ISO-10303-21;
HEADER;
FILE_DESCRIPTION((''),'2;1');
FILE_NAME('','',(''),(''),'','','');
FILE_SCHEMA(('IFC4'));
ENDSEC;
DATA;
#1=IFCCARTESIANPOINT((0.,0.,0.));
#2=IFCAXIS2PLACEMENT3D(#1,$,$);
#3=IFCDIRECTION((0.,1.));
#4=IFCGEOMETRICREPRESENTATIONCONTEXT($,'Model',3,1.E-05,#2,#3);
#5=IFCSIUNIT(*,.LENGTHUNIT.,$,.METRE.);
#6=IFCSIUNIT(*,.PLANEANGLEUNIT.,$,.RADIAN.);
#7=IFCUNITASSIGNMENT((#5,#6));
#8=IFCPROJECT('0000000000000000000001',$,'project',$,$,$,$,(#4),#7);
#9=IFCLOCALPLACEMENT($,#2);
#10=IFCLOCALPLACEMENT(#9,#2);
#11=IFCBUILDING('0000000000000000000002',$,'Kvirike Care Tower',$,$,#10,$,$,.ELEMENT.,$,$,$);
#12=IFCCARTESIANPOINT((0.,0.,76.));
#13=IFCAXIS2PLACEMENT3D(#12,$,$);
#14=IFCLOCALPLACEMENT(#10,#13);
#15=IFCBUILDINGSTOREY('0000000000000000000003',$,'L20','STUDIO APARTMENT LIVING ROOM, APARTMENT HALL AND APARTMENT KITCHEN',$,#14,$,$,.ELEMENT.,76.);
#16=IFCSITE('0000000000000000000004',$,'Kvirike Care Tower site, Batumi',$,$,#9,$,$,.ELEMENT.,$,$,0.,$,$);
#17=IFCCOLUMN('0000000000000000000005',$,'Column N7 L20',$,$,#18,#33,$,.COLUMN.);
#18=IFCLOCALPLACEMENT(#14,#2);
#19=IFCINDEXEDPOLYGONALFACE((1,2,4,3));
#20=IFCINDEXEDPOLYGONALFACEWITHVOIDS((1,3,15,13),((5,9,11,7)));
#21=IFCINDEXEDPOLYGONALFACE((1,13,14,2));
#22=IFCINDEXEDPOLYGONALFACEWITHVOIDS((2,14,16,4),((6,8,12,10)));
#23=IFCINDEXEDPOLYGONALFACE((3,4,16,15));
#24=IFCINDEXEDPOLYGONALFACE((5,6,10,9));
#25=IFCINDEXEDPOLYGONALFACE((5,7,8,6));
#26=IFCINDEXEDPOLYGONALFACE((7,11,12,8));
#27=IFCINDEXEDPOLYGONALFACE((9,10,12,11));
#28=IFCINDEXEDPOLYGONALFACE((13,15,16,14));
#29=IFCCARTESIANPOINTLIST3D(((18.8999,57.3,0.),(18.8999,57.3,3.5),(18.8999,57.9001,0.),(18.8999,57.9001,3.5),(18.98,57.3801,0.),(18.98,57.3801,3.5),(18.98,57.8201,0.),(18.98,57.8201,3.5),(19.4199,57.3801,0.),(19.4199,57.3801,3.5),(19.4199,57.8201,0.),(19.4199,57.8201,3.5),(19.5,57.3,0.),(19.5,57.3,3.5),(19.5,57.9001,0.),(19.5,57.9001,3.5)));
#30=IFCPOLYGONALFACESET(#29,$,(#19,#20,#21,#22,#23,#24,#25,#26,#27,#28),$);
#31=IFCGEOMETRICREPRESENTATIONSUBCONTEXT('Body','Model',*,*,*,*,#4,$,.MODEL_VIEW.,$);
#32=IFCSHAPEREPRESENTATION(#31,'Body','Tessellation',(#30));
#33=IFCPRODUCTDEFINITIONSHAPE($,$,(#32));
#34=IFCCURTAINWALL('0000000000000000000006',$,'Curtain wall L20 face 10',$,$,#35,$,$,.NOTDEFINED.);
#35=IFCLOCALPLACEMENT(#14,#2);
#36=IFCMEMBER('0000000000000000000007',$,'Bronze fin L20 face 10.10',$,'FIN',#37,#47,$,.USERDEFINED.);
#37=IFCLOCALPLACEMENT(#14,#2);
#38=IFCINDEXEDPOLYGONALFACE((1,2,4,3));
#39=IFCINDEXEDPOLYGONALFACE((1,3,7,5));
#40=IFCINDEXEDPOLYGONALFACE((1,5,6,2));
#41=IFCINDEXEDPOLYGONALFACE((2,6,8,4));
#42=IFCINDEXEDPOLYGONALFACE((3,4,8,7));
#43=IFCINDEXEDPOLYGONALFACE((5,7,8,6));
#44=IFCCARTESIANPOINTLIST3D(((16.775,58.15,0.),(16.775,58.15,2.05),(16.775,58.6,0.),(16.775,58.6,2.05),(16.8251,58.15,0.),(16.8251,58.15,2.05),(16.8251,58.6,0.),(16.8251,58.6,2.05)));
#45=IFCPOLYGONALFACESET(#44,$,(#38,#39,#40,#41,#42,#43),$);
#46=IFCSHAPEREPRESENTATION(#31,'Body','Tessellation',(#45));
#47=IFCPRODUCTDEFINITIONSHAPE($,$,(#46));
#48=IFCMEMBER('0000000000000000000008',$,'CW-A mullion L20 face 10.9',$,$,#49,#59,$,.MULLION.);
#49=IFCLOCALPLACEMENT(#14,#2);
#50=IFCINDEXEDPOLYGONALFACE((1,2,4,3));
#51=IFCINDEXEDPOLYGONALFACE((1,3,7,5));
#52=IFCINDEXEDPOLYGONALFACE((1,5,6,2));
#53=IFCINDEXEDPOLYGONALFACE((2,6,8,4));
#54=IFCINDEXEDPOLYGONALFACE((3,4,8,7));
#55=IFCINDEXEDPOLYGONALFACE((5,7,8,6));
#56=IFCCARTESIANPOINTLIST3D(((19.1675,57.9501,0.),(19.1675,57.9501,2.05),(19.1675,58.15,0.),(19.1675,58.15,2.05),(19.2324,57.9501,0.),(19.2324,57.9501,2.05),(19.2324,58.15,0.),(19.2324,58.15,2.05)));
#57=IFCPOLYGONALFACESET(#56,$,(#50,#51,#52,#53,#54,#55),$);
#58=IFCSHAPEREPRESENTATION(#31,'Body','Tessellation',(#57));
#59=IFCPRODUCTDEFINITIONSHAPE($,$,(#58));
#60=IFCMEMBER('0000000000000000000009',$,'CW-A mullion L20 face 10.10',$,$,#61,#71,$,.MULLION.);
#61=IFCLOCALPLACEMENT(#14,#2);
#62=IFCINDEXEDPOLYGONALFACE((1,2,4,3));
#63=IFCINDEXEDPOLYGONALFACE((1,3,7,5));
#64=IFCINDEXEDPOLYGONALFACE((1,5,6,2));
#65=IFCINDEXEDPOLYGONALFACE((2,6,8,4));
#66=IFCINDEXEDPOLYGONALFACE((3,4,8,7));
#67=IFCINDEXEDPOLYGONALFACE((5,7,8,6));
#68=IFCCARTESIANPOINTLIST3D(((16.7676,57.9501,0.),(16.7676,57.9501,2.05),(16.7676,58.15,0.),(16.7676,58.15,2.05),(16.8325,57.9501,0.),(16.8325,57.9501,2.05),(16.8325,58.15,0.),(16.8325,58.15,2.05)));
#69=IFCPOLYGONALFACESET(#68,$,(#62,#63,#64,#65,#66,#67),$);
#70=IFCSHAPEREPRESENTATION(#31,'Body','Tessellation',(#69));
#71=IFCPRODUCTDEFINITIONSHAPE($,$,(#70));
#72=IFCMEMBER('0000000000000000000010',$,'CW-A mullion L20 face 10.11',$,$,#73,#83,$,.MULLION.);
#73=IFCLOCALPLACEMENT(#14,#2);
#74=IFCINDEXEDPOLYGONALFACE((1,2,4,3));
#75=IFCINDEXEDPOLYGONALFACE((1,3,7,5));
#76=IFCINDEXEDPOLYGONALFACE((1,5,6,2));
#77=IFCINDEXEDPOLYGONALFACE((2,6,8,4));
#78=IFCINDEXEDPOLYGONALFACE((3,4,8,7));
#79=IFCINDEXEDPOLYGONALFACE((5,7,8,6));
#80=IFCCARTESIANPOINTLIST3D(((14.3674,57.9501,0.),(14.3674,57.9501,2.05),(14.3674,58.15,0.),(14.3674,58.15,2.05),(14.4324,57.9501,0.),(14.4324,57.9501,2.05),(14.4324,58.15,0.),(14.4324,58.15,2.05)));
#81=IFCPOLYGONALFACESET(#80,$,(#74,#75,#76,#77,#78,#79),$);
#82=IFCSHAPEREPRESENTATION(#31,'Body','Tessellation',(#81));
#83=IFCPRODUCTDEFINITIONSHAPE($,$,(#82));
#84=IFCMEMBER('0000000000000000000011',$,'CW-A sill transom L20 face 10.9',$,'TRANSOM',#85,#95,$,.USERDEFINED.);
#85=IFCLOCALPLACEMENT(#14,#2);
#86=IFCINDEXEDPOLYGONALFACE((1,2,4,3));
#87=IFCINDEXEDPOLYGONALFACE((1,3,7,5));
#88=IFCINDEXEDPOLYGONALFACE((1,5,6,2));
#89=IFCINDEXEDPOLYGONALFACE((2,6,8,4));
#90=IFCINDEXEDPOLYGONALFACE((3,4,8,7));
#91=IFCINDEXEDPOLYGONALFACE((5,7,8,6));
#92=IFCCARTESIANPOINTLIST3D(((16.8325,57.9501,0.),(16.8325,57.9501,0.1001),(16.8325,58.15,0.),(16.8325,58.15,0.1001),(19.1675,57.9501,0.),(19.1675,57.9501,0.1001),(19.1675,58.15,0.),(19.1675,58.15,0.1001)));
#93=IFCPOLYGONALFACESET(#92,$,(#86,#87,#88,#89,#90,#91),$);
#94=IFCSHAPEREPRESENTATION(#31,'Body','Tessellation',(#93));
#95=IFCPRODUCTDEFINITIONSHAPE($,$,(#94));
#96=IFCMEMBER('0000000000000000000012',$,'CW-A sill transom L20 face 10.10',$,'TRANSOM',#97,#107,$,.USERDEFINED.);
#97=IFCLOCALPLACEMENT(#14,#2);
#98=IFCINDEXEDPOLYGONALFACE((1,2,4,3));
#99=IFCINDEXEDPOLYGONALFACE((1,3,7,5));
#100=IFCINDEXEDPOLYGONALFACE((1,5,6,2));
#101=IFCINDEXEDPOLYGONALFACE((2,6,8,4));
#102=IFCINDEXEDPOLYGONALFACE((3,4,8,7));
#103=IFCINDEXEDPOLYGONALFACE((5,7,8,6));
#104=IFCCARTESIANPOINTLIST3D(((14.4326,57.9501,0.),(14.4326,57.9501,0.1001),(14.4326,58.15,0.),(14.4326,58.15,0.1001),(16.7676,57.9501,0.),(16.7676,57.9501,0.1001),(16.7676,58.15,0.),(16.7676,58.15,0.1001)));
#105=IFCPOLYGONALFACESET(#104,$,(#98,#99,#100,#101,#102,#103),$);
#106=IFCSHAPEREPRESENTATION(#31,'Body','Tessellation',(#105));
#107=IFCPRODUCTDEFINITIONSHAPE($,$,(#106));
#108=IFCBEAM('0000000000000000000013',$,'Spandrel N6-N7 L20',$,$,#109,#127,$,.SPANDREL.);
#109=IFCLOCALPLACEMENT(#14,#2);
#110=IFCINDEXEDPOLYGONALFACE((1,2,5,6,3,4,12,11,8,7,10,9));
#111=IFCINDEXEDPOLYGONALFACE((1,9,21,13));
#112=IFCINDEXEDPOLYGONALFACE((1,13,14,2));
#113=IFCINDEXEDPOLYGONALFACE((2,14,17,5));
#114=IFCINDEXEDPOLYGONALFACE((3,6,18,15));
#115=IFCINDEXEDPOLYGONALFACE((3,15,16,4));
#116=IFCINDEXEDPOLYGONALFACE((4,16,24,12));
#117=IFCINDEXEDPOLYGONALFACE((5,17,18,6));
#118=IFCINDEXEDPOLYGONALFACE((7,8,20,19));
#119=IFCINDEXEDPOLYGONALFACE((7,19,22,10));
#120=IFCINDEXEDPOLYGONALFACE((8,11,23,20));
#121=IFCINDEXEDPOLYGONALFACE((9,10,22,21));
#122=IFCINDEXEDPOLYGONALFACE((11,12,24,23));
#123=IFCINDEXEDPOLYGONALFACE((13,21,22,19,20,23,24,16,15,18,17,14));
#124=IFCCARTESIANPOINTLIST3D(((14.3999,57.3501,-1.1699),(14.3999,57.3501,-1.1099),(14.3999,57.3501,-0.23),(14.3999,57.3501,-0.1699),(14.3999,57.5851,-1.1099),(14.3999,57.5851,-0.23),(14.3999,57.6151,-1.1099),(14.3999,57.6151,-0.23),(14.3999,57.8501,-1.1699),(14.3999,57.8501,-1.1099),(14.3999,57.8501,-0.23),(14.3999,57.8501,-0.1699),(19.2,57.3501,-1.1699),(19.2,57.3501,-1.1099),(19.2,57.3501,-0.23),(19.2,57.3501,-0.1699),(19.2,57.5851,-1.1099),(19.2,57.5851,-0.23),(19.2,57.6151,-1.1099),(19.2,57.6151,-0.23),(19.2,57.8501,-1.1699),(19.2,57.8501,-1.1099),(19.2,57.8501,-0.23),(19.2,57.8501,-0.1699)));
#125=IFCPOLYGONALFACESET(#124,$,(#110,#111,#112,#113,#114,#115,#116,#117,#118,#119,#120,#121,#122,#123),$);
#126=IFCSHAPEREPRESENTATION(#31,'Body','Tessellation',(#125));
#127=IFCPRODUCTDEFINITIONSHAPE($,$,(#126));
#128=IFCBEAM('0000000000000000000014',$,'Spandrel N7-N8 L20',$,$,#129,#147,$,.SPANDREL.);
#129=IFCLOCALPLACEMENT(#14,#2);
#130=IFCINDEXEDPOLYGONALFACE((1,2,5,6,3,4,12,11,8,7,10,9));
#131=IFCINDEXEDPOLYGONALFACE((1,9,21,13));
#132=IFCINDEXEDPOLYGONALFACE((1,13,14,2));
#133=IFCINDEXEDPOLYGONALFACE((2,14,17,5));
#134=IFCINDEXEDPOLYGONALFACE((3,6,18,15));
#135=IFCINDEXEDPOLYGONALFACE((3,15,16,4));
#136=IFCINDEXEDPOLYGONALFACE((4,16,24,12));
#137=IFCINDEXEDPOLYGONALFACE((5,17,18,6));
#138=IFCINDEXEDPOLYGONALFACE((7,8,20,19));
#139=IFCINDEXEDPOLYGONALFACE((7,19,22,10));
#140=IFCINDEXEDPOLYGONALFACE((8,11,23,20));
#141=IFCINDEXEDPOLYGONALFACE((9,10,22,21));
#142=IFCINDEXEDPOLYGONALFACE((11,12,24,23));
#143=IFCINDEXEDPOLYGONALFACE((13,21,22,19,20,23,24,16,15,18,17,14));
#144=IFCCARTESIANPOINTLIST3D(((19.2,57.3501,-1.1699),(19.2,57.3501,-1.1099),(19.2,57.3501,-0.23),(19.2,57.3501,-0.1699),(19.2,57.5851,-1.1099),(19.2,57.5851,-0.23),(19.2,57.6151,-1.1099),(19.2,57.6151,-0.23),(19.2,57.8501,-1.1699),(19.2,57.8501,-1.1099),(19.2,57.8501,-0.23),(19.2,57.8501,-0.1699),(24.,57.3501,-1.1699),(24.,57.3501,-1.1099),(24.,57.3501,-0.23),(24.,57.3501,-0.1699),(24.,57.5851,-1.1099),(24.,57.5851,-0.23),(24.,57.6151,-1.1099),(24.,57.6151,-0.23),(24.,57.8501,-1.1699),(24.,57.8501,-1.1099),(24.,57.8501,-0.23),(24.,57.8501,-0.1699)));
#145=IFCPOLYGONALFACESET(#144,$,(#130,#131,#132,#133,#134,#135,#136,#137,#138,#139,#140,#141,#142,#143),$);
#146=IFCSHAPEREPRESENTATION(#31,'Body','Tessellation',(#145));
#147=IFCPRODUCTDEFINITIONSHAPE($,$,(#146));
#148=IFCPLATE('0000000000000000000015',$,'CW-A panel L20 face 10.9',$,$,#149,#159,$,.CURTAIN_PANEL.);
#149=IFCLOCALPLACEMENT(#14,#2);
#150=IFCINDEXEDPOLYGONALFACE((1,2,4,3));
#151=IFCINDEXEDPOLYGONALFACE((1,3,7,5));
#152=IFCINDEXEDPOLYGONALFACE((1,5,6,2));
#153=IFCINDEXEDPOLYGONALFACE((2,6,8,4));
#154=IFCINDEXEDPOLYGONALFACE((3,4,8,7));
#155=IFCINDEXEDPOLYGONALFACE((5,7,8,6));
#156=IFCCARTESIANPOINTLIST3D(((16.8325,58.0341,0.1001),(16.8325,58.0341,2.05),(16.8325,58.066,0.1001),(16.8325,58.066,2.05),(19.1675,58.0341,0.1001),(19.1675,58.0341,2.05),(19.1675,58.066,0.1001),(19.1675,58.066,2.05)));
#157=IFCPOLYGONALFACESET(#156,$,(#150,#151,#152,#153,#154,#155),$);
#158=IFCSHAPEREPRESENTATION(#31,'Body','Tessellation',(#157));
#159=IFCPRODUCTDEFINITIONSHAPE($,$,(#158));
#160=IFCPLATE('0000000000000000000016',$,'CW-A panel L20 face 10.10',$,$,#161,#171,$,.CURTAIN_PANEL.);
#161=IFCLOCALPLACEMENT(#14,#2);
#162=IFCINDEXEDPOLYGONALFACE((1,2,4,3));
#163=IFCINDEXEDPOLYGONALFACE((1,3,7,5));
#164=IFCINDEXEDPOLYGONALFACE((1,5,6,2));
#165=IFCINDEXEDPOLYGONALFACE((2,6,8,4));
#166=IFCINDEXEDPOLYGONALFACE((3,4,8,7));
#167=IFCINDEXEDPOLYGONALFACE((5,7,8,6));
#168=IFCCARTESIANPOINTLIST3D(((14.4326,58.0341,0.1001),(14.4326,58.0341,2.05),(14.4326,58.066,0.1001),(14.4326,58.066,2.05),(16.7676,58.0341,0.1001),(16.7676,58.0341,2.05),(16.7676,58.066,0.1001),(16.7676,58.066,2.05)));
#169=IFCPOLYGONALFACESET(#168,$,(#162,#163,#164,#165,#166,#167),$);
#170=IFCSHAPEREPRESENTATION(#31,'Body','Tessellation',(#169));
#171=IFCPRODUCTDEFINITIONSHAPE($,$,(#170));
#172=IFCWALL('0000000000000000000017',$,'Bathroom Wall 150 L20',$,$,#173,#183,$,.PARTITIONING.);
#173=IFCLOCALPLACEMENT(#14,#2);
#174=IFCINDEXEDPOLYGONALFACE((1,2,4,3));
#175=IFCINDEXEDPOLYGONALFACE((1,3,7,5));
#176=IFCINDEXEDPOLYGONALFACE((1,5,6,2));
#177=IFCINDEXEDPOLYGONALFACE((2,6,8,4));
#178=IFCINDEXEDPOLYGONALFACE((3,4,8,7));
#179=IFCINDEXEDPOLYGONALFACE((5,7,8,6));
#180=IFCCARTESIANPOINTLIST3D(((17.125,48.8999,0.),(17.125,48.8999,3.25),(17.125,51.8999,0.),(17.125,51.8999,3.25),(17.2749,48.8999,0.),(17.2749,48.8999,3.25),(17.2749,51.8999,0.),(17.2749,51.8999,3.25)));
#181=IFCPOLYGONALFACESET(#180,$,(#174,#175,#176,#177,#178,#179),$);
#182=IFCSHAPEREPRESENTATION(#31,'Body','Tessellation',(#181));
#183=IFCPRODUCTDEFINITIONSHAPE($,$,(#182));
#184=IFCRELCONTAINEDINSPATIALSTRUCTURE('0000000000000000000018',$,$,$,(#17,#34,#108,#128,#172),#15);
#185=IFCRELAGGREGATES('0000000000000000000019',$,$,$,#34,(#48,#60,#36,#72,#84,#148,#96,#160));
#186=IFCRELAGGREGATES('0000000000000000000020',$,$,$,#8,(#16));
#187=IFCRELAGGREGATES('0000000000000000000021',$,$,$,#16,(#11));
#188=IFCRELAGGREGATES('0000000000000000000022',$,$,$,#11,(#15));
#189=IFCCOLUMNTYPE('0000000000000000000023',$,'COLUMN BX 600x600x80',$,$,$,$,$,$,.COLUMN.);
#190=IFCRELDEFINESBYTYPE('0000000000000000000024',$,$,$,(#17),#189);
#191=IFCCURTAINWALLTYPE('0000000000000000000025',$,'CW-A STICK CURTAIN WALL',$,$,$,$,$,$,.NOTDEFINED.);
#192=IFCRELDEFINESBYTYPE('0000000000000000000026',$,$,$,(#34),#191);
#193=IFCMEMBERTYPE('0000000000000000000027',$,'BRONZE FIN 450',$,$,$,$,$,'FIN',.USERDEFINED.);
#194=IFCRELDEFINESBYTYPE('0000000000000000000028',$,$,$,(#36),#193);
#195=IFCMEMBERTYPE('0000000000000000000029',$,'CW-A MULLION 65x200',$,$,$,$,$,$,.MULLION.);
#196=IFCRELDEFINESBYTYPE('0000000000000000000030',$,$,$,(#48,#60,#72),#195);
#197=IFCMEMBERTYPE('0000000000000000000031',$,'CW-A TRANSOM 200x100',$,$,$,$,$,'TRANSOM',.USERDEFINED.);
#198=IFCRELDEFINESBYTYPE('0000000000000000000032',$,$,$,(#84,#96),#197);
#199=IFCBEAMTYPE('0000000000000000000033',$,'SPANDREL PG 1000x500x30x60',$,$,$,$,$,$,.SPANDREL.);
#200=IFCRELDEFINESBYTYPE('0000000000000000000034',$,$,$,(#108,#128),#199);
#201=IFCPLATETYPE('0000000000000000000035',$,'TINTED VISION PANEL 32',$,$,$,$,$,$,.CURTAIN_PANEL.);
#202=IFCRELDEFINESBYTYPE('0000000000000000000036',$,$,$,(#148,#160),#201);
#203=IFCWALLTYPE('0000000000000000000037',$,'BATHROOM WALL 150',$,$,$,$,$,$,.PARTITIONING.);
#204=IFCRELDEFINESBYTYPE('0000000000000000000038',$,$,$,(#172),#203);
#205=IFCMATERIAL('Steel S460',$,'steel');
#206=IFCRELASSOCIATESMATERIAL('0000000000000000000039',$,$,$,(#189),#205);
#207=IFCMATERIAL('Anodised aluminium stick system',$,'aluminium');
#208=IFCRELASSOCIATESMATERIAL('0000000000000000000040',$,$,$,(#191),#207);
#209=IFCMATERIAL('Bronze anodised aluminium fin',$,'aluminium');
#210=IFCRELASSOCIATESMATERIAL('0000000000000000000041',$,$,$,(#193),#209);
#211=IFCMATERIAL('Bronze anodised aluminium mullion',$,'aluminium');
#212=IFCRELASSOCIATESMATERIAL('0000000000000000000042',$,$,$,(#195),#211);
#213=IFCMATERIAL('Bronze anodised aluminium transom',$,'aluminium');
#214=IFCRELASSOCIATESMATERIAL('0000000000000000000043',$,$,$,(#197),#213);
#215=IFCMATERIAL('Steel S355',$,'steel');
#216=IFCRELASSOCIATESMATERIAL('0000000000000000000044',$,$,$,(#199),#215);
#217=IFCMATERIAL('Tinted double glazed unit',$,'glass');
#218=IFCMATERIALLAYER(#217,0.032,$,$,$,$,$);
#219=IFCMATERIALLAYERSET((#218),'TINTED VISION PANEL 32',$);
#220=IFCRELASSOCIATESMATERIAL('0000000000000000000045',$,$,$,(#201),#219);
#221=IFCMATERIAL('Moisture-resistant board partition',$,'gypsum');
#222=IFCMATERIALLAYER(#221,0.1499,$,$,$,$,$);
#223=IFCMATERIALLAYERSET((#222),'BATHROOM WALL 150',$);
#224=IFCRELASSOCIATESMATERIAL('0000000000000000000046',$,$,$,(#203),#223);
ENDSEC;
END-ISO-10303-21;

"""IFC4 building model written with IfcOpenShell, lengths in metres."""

from ifc_helpers import new_model, si_unit, direction, frame, frame_2d, origin, origin_2d, place, context, subcontext, project, spatial, rectangle, hollow_rectangle, i_section, extrude, material, layer, layer_set, material_profile, profile_set, type_object, element, aggregate, save


model = new_model("IFC4")

# Units and contexts
model_context = context("Model", 3, precision=1e-05, world=origin(), true_north=direction((0.0, 1.0)))
body_context = subcontext(model_context, "Body", "Model", "MODEL_VIEW")
ifc_project = project(units=[si_unit("LENGTHUNIT", "METRE"), si_unit("PLANEANGLEUNIT", "RADIAN")], contexts=[model_context])

# Site, building, storey
site_placement = place(None, origin())
site = spatial("IfcSite", under=ifc_project, at=site_placement, Name="Kvirike Care Tower site, Batumi", CompositionType="ELEMENT", RefElevation=0.0)
building_placement = place(site_placement, origin())
building = spatial("IfcBuilding", under=site, at=building_placement, Name="Kvirike Care Tower", CompositionType="ELEMENT")
storey_placement = place(building_placement, frame((0.0, 0.0, 76.0)))
storey = spatial("IfcBuildingStorey", under=building, at=storey_placement, Name="L20", Description="STUDIO APARTMENT LIVING ROOM, APARTMENT HALL AND APARTMENT KITCHEN", CompositionType="ELEMENT", Elevation=76.0)

# Column
ifc_material_1 = material(Name="Steel S460", Category="steel")
ifc_material_profile_1 = material_profile(ifc_material_1, hollow_rectangle(XDim=0.6001, YDim=0.6001, WallThickness=0.0801, at=origin_2d()), Name="BX 600x600x80")
ifc_profile_set_1 = profile_set([ifc_material_profile_1], Name="Steel S460")
column_type = type_object("IfcColumnType", Name="COLUMN BX 600x600x80", PredefinedType="COLUMN", material=ifc_profile_set_1)
column_placement = place(storey_placement, frame((19.2, 57.6001, 0.0), z_axis=(0.0, 0.0, 1.0), x_axis=(0.0, 1.0, 0.0)))
element("IfcColumn", 1, at=column_placement, inside=storey, type_object=column_type, Name="Column N7 L20", PredefinedType="COLUMN", context=body_context, shape_type="SweptSolid", body=[
    extrude(hollow_rectangle(XDim=0.6001, YDim=0.6001, WallThickness=0.0801, at=origin_2d()), origin(), (0.0, 0.0, 1.0), 3.5),
])

# Curtain wall, members
ifc_material_2 = material(Name="Anodised aluminium stick system", Category="aluminium")
curtain_wall_type = type_object("IfcCurtainWallType", Name="CW-A STICK CURTAIN WALL", PredefinedType="NOTDEFINED", material=ifc_material_2)
curtain_wall_placement = place(storey_placement, origin())
curtain_wall = element("IfcCurtainWall", 2, at=curtain_wall_placement, inside=storey, type_object=curtain_wall_type, Name="Curtain wall L20 face 10", PredefinedType="NOTDEFINED")
ifc_material_3 = material(Name="Bronze anodised aluminium fin", Category="aluminium")
ifc_material_profile_2 = material_profile(ifc_material_3, rectangle(XDim=0.05, YDim=0.45, at=origin_2d()), Name="BRONZE FIN 450")
ifc_profile_set_2 = profile_set([ifc_material_profile_2], Name="Bronze anodised aluminium fin")
member_type_1 = type_object("IfcMemberType", Name="BRONZE FIN 450", ElementType="FIN", PredefinedType="USERDEFINED", material=ifc_profile_set_2)
member_1_placement = place(storey_placement, frame((16.8, 58.375, 0.0), z_axis=(0.0, 0.0, 1.0), x_axis=(-1.0, 0.0, 0.0)))
member_1 = element("IfcMember", 3, at=member_1_placement, type_object=member_type_1, Name="Bronze fin L20 face 10.10", ObjectType="FIN", PredefinedType="USERDEFINED", context=body_context, shape_type="SweptSolid", body=[
    extrude(rectangle(XDim=0.05, YDim=0.45, at=origin_2d()), origin(), (0.0, 0.0, 1.0), 2.05),
])
ifc_material_4 = material(Name="Bronze anodised aluminium mullion", Category="aluminium")
ifc_material_profile_3 = material_profile(ifc_material_4, rectangle(XDim=0.0649, YDim=0.2, at=origin_2d()), Name="CW-A MULLION 65x200")
ifc_profile_set_3 = profile_set([ifc_material_profile_3], Name="Bronze anodised aluminium mullion")
member_type_2 = type_object("IfcMemberType", Name="CW-A MULLION 65x200", PredefinedType="MULLION", material=ifc_profile_set_3)
member_2_placement = place(storey_placement, frame((19.2, 58.05, 0.0), z_axis=(0.0, 0.0, 1.0), x_axis=(-1.0, 0.0, 0.0)))
member_2 = element("IfcMember", 4, at=member_2_placement, type_object=member_type_2, Name="CW-A mullion L20 face 10.9", PredefinedType="MULLION", context=body_context, shape_type="SweptSolid", body=[
    extrude(rectangle(XDim=0.0649, YDim=0.2, at=origin_2d()), origin(), (0.0, 0.0, 1.0), 2.05),
])
member_3_placement = place(storey_placement, frame((16.8, 58.05, 0.0), z_axis=(0.0, 0.0, 1.0), x_axis=(-1.0, 0.0, 0.0)))
member_3 = element("IfcMember", 5, at=member_3_placement, type_object=member_type_2, Name="CW-A mullion L20 face 10.10", PredefinedType="MULLION", context=body_context, shape_type="SweptSolid", body=[
    extrude(rectangle(XDim=0.0649, YDim=0.2, at=origin_2d()), origin(), (0.0, 0.0, 1.0), 2.05),
])
member_4_placement = place(storey_placement, frame((14.3999, 58.05, 0.0), z_axis=(0.0, 0.0, 1.0), x_axis=(-1.0, 0.0, 0.0)))
member_4 = element("IfcMember", 6, at=member_4_placement, type_object=member_type_2, Name="CW-A mullion L20 face 10.11", PredefinedType="MULLION", context=body_context, shape_type="SweptSolid", body=[
    extrude(rectangle(XDim=0.0649, YDim=0.2, at=origin_2d()), origin(), (0.0, 0.0, 1.0), 2.05),
])
ifc_material_5 = material(Name="Bronze anodised aluminium transom", Category="aluminium")
ifc_material_profile_4 = material_profile(ifc_material_5, rectangle(XDim=0.2, YDim=0.1001, at=origin_2d()), Name="CW-A TRANSOM 200x100")
ifc_profile_set_4 = profile_set([ifc_material_profile_4], Name="Bronze anodised aluminium transom")
member_type_3 = type_object("IfcMemberType", Name="CW-A TRANSOM 200x100", ElementType="TRANSOM", PredefinedType="USERDEFINED", material=ifc_profile_set_4)
member_5_placement = place(storey_placement, frame((19.1675, 58.05, 0.05), z_axis=(-1.0, 0.0, 0.0), x_axis=(0.0, -1.0, 0.0)))
member_5 = element("IfcMember", 7, at=member_5_placement, type_object=member_type_3, Name="CW-A sill transom L20 face 10.9", ObjectType="TRANSOM", PredefinedType="USERDEFINED", context=body_context, shape_type="SweptSolid", body=[
    extrude(rectangle(XDim=0.2, YDim=0.1001, at=origin_2d()), origin(), (0.0, 0.0, 1.0), 2.335),
])
member_6_placement = place(storey_placement, frame((16.7676, 58.05, 0.05), z_axis=(-1.0, 0.0, 0.0), x_axis=(0.0, -1.0, 0.0)))
member_6 = element("IfcMember", 8, at=member_6_placement, type_object=member_type_3, Name="CW-A sill transom L20 face 10.10", ObjectType="TRANSOM", PredefinedType="USERDEFINED", context=body_context, shape_type="SweptSolid", body=[
    extrude(rectangle(XDim=0.2, YDim=0.1001, at=origin_2d()), origin(), (0.0, 0.0, 1.0), 2.335),
])

# Beams
ifc_material_6 = material(Name="Steel S355", Category="steel")
ifc_material_profile_5 = material_profile(ifc_material_6, i_section(OverallWidth=0.5, OverallDepth=1.0, WebThickness=0.03, FlangeThickness=0.0601, at=origin_2d()), Name="PG 1000x500x30x60")
ifc_profile_set_5 = profile_set([ifc_material_profile_5], Name="Steel S355")
beam_type = type_object("IfcBeamType", Name="SPANDREL PG 1000x500x30x60", PredefinedType="SPANDREL", material=ifc_profile_set_5)
for number, where, z_axis, x_axis, name in (
    (9, (14.3999, 57.6001, -0.6699), (1.0, 0.0, 0.0), (0.0, 1.0, 0.0), "Spandrel N6-N7 L20"),
    (10, (19.2, 57.6001, -0.6699), (1.0, 0.0, 0.0), (0.0, 1.0, 0.0), "Spandrel N7-N8 L20"),
):
    element("IfcBeam", number, at=place(storey_placement, frame(where, z_axis=z_axis, x_axis=x_axis)), inside=storey, type_object=beam_type, Name=name, PredefinedType="SPANDREL", context=body_context, shape_type="SweptSolid", body=[
        extrude(i_section(OverallWidth=0.5, OverallDepth=1.0, WebThickness=0.03, FlangeThickness=0.0601, at=origin_2d()), origin(), (0.0, 0.0, 1.0), 4.8),
    ])

# Plates
ifc_material_7 = material(Name="Tinted double glazed unit", Category="glass")
ifc_layer_1 = layer(ifc_material_7, 0.032)
ifc_layer_set_1 = layer_set([ifc_layer_1], Name="TINTED VISION PANEL 32")
plate_type = type_object("IfcPlateType", Name="TINTED VISION PANEL 32", PredefinedType="CURTAIN_PANEL", material=ifc_layer_set_1)
plate_1_placement = place(storey_placement, frame((18.0, 58.05, 0.1001), z_axis=(0.0, 0.0, 1.0), x_axis=(-1.0, 0.0, 0.0)))
plate_1 = element("IfcPlate", 11, at=plate_1_placement, type_object=plate_type, Name="CW-A panel L20 face 10.9", PredefinedType="CURTAIN_PANEL", context=body_context, shape_type="SweptSolid", body=[
    extrude(rectangle(XDim=2.335, YDim=0.032, at=origin_2d()), origin(), (0.0, 0.0, 1.0), 1.95),
])
plate_2_placement = place(storey_placement, frame((15.6001, 58.05, 0.1001), z_axis=(0.0, 0.0, 1.0), x_axis=(-1.0, 0.0, 0.0)))
plate_2 = element("IfcPlate", 12, at=plate_2_placement, type_object=plate_type, Name="CW-A panel L20 face 10.10", PredefinedType="CURTAIN_PANEL", context=body_context, shape_type="SweptSolid", body=[
    extrude(rectangle(XDim=2.335, YDim=0.032, at=origin_2d()), origin(), (0.0, 0.0, 1.0), 1.95),
])
aggregate(curtain_wall, [member_2, member_3, member_1, member_4, member_5, plate_1, member_6, plate_2])

# Wall
ifc_material_8 = material(Name="Moisture-resistant board partition", Category="gypsum")
ifc_layer_2 = layer(ifc_material_8, 0.1499)
ifc_layer_set_2 = layer_set([ifc_layer_2], Name="BATHROOM WALL 150")
wall_type_1 = type_object("IfcWallType", Name="BATHROOM WALL 150", PredefinedType="PARTITIONING", material=ifc_layer_set_2)
wall_1_placement = place(storey_placement, frame((17.2, 51.8999, 0.0), z_axis=(0.0, 0.0, 1.0), x_axis=(0.0, -1.0, 0.0)))
element("IfcWall", 13, at=wall_1_placement, inside=storey, type_object=wall_type_1, Name="Bathroom Wall 150 L20", PredefinedType="PARTITIONING", context=body_context, shape_type="SweptSolid", body=[
    extrude(rectangle(XDim=3.0, YDim=0.1499, at=frame_2d((1.5, 0.0))), origin(), (0.0, 0.0, 1.0), 3.25),
])

save(model, "model.ifc")
